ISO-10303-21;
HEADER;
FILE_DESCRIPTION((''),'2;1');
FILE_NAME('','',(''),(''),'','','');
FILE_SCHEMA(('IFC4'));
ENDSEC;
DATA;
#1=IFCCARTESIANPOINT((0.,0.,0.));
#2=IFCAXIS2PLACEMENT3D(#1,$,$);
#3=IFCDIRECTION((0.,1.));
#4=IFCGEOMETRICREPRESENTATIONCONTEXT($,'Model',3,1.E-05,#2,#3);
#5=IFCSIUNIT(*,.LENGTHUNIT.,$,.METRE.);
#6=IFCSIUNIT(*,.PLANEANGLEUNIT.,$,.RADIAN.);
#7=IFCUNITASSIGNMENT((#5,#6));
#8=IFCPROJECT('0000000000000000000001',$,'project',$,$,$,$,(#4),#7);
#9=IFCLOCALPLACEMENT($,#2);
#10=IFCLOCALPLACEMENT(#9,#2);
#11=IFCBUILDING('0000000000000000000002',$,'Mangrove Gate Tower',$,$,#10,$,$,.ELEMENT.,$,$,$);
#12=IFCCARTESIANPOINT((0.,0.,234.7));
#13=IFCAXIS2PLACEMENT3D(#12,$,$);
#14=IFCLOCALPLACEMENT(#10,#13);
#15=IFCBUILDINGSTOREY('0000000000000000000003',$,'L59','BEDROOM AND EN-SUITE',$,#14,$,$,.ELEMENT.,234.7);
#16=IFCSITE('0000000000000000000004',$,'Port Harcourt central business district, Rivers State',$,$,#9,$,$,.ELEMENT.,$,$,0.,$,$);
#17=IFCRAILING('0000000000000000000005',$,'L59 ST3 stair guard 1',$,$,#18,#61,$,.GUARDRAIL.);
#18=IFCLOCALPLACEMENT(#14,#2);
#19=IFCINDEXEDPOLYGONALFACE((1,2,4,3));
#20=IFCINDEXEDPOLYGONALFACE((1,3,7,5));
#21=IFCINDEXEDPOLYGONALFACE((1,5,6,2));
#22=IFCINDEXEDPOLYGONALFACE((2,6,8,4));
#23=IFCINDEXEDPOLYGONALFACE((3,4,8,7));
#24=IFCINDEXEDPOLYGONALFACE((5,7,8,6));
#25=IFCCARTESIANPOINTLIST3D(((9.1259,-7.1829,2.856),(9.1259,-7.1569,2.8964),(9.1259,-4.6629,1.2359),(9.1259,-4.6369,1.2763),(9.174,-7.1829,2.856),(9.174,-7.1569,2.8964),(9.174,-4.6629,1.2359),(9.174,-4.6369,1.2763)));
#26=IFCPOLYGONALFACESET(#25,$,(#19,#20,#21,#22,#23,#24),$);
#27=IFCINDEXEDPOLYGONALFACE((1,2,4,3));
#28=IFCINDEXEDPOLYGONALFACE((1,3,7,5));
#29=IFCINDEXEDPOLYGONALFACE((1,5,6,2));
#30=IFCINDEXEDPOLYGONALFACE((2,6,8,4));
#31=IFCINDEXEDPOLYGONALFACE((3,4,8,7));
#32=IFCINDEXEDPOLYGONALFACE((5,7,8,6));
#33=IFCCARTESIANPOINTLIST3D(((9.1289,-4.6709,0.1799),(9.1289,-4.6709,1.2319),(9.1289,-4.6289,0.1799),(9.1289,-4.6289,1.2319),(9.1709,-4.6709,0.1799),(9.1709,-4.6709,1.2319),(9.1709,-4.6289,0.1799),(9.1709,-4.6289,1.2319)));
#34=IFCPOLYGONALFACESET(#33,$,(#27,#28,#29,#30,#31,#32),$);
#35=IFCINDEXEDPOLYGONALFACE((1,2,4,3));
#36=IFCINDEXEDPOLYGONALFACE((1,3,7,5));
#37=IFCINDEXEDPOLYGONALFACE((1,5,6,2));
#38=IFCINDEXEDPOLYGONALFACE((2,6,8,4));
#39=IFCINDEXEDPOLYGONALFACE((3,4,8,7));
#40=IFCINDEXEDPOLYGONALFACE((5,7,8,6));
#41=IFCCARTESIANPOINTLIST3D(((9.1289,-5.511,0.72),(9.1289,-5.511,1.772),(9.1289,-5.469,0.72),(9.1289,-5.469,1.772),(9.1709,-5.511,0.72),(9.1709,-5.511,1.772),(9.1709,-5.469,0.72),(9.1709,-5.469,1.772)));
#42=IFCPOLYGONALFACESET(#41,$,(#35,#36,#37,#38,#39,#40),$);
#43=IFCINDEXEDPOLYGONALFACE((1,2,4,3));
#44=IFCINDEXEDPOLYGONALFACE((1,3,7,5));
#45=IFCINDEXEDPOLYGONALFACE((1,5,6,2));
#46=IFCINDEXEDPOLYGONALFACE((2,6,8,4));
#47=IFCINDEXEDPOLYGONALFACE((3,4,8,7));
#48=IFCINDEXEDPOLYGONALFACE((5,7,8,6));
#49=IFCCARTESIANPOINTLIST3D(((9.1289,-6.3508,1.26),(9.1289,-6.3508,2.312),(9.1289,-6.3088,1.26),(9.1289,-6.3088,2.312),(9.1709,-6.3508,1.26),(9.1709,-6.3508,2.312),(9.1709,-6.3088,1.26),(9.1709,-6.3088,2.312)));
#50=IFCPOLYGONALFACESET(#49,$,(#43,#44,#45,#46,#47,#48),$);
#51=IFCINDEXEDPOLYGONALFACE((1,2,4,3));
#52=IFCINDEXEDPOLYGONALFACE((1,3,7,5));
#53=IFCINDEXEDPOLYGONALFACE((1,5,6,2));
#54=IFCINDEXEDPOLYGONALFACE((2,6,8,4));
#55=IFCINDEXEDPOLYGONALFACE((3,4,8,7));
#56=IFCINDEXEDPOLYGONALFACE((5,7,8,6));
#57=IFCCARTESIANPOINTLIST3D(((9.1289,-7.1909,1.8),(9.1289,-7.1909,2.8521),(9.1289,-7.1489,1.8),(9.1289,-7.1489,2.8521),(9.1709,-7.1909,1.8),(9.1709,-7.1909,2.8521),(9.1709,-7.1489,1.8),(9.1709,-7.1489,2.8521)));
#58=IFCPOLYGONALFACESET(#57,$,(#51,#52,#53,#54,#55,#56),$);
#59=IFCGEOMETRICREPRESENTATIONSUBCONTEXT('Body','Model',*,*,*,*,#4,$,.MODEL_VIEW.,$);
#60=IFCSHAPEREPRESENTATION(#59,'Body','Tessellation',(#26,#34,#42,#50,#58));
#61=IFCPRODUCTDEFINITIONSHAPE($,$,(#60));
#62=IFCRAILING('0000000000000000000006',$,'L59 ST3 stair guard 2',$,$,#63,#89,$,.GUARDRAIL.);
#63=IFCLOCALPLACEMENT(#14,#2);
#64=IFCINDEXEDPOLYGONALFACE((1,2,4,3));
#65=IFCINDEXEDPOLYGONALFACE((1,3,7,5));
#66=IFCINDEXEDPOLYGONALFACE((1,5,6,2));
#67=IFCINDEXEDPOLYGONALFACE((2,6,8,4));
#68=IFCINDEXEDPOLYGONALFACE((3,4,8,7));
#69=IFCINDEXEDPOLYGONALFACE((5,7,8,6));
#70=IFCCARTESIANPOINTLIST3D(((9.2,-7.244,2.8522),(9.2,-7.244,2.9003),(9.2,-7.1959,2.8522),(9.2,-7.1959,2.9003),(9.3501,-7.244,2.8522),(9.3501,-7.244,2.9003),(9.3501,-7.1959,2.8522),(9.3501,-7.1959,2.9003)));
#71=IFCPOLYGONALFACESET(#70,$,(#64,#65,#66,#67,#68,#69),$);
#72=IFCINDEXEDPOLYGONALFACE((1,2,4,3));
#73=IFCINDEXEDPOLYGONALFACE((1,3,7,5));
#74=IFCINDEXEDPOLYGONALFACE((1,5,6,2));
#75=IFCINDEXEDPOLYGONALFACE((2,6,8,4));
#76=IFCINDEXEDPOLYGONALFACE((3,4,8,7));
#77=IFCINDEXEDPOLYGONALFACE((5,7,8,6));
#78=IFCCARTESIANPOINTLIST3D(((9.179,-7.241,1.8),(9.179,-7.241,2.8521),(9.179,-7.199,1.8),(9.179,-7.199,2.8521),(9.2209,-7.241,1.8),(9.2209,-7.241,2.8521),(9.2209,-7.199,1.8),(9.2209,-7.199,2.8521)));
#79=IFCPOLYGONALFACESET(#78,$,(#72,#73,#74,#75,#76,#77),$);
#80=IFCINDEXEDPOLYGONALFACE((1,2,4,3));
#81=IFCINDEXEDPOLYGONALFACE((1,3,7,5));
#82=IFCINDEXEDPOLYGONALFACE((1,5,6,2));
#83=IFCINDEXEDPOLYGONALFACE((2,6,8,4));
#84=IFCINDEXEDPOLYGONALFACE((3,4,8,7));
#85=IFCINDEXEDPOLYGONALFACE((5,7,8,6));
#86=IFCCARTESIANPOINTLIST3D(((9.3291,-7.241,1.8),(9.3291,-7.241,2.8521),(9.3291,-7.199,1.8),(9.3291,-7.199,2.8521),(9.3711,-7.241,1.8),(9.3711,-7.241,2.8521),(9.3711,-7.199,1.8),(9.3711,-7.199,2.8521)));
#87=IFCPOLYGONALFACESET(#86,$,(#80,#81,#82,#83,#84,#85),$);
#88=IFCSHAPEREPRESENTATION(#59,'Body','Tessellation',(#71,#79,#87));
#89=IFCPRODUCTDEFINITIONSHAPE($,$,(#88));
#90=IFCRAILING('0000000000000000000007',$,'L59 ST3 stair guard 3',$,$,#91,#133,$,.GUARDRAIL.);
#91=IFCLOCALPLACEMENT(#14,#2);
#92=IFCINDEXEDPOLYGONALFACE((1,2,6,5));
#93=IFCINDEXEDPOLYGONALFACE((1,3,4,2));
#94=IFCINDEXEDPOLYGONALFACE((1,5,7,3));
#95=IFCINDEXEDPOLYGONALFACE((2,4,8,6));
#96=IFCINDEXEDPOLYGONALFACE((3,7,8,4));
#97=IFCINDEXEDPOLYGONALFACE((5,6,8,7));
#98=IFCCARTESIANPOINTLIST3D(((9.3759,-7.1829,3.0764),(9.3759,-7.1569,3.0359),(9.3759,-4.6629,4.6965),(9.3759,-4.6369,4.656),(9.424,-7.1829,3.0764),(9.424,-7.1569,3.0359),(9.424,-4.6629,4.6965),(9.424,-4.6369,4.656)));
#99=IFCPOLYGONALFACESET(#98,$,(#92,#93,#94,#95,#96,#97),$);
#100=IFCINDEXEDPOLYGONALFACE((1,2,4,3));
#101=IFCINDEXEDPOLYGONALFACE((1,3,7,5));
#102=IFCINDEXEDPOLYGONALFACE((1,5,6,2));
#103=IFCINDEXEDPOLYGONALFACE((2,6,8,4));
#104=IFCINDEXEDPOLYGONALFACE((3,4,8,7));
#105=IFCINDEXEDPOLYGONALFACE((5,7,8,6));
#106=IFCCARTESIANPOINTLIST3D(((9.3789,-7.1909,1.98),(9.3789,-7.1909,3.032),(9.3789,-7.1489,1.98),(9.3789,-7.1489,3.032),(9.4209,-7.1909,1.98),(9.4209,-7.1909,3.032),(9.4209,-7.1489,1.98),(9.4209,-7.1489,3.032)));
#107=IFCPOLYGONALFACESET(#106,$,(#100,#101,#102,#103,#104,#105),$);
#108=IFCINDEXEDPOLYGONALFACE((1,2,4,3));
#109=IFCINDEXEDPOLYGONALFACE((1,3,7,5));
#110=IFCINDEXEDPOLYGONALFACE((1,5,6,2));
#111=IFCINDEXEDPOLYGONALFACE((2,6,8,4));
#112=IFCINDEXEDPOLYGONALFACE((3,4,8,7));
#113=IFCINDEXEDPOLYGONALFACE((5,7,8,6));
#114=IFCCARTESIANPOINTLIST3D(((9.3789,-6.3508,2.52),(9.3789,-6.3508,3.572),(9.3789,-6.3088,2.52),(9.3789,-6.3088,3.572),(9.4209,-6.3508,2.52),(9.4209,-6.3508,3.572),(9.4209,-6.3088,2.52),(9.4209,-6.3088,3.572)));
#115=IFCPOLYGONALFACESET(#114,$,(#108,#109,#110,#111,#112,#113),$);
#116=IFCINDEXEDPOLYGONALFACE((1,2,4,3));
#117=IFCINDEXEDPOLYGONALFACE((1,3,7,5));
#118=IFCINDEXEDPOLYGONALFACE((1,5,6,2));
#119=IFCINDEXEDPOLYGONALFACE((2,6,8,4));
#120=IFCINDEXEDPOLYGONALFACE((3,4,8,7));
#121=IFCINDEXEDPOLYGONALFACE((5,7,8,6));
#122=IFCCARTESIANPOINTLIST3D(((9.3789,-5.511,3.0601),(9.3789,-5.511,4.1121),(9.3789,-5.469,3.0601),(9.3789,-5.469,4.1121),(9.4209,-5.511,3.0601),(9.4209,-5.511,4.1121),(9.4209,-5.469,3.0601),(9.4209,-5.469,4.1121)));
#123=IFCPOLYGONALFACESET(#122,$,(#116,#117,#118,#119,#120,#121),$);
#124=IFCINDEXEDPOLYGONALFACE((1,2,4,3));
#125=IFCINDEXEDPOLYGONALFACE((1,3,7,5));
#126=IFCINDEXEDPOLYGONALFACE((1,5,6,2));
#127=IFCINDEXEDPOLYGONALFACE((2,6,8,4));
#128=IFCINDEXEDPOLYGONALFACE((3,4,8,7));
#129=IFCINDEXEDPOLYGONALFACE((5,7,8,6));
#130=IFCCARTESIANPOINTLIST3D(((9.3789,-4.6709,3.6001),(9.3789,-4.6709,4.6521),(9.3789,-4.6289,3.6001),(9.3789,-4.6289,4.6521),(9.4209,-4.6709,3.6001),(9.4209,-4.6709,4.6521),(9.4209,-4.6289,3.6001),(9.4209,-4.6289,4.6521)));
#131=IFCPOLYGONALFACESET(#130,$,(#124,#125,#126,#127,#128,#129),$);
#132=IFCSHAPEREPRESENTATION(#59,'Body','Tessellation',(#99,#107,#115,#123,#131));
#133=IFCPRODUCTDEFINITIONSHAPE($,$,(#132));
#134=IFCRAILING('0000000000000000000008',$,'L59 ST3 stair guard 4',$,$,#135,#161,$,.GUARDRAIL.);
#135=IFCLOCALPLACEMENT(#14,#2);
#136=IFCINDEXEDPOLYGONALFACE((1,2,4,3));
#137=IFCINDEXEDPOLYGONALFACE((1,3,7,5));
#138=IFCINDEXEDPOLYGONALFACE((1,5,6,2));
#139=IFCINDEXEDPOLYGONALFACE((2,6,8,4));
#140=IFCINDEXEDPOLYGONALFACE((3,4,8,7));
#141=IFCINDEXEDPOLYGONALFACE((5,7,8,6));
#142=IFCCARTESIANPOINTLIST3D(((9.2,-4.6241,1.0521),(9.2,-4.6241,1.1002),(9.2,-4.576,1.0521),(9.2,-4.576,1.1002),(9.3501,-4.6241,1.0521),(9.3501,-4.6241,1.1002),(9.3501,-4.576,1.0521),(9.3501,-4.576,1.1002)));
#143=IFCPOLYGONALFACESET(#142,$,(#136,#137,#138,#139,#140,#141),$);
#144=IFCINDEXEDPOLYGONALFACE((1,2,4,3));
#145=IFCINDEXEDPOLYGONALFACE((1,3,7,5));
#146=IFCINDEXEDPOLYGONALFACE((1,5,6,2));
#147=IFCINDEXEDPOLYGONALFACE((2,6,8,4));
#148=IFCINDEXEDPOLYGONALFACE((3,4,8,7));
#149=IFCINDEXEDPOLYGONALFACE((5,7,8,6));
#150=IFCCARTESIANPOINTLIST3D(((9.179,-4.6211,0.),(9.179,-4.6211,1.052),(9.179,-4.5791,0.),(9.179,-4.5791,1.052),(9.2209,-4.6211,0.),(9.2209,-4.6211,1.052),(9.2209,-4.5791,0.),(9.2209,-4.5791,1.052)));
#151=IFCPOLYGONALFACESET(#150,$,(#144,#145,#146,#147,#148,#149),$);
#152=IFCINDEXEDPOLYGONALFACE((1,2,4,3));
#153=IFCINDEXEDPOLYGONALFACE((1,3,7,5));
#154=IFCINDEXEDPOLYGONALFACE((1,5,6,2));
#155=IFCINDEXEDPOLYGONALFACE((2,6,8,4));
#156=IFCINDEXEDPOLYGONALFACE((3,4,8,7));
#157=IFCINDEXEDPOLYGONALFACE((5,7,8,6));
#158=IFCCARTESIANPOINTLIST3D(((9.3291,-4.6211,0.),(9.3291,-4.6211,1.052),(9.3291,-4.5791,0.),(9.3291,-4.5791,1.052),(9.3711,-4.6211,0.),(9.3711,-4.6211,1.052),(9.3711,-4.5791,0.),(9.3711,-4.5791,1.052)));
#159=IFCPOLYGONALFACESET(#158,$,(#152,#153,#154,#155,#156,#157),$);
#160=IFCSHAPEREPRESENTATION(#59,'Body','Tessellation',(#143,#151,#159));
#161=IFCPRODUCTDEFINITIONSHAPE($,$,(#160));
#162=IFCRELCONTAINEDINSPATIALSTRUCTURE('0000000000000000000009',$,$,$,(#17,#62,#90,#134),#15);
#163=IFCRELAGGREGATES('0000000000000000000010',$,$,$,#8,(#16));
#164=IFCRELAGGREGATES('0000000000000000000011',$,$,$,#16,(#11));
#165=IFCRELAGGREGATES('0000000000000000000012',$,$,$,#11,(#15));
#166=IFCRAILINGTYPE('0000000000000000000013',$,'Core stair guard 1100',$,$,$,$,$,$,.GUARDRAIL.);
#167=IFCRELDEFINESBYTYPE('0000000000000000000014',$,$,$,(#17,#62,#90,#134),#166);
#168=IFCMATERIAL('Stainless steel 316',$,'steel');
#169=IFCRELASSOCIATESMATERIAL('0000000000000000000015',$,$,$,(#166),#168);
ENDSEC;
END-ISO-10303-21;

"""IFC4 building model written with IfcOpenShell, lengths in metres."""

from ifc_helpers import new_model, si_unit, direction, frame, origin, origin_2d, place, context, subcontext, project, spatial, rectangle, extrude, material, type_object, element, save


model = new_model("IFC4")

# Units and contexts
model_context = context("Model", 3, precision=1e-05, world=origin(), true_north=direction((0.0, 1.0)))
body_context = subcontext(model_context, "Body", "Model", "MODEL_VIEW")
ifc_project = project(units=[si_unit("LENGTHUNIT", "METRE"), si_unit("PLANEANGLEUNIT", "RADIAN")], contexts=[model_context])

# Site, building, storey
site_placement = place(None, origin())
site = spatial("IfcSite", under=ifc_project, at=site_placement, Name="Port Harcourt central business district, Rivers State", CompositionType="ELEMENT", RefElevation=0.0)
building_placement = place(site_placement, origin())
building = spatial("IfcBuilding", under=site, at=building_placement, Name="Mangrove Gate Tower", CompositionType="ELEMENT")
storey_placement = place(building_placement, frame((0.0, 0.0, 234.7)))
storey = spatial("IfcBuildingStorey", under=building, at=storey_placement, Name="L59", Description="BEDROOM AND EN-SUITE", CompositionType="ELEMENT", Elevation=234.7)

# Railings
ifc_material_1 = material(Name="Stainless steel 316", Category="steel")
railing_type_1 = type_object("IfcRailingType", Name="Core stair guard 1100", PredefinedType="GUARDRAIL", material=ifc_material_1)
railing_1_placement = place(storey_placement, frame((9.1499, -4.6499, 0.1799)))
element("IfcRailing", 1, at=railing_1_placement, inside=storey, type_object=railing_type_1, Name="L59 ST3 stair guard 1", PredefinedType="GUARDRAIL", context=body_context, shape_type="SweptSolid", body=[
    extrude(rectangle(XDim=0.0481, YDim=0.0481, at=origin_2d()), frame((0.0, 0.0, 1.0762), z_axis=(0.0, -0.841163, 0.540782), x_axis=(1.0, 0.0, 0.0)), (0.0, 0.0, 1.0), 2.9958),
    extrude(rectangle(XDim=0.042, YDim=0.042, at=origin_2d()), origin(), (0.0, 0.0, 1.0), 1.052),
    extrude(rectangle(XDim=0.042, YDim=0.042, at=origin_2d()), frame((0.0, -0.8401, 0.54)), (0.0, 0.0, 1.0), 1.052),
    extrude(rectangle(XDim=0.042, YDim=0.042, at=origin_2d()), frame((0.0, -1.6799, 1.0801)), (0.0, 0.0, 1.0), 1.052),
    extrude(rectangle(XDim=0.042, YDim=0.042, at=origin_2d()), frame((0.0, -2.52, 1.6201)), (0.0, 0.0, 1.0), 1.052),
])
railing_2_placement = place(storey_placement, frame((9.2, -7.22, 1.8)))
element("IfcRailing", 2, at=railing_2_placement, inside=storey, type_object=railing_type_1, Name="L59 ST3 stair guard 2", PredefinedType="GUARDRAIL", context=body_context, shape_type="SweptSolid", body=[
    extrude(rectangle(XDim=0.0481, YDim=0.0481, at=origin_2d()), frame((0.0, 0.0, 1.0762), z_axis=(1.0, 0.0, 0.0), x_axis=(0.0, 1.0, 0.0)), (0.0, 0.0, 1.0), 0.1501),
    extrude(rectangle(XDim=0.042, YDim=0.042, at=origin_2d()), origin(), (0.0, 0.0, 1.0), 1.052),
    extrude(rectangle(XDim=0.042, YDim=0.042, at=origin_2d()), frame((0.1501, 0.0, 0.0)), (0.0, 0.0, 1.0), 1.052),
])
railing_3_placement = place(storey_placement, frame((9.3999, -7.1699, 1.98)))
element("IfcRailing", 3, at=railing_3_placement, inside=storey, type_object=railing_type_1, Name="L59 ST3 stair guard 3", PredefinedType="GUARDRAIL", context=body_context, shape_type="SweptSolid", body=[
    extrude(rectangle(XDim=0.0481, YDim=0.0481, at=origin_2d()), frame((0.0, 0.0, 1.0762), z_axis=(0.0, 0.841163, 0.540782), x_axis=(-1.0, 0.0, 0.0)), (0.0, 0.0, 1.0), 2.9958),
    extrude(rectangle(XDim=0.042, YDim=0.042, at=origin_2d()), origin(), (0.0, 0.0, 1.0), 1.052),
    extrude(rectangle(XDim=0.042, YDim=0.042, at=origin_2d()), frame((0.0, 0.8401, 0.54)), (0.0, 0.0, 1.0), 1.052),
    extrude(rectangle(XDim=0.042, YDim=0.042, at=origin_2d()), frame((0.0, 1.6799, 1.0801)), (0.0, 0.0, 1.0), 1.052),
    extrude(rectangle(XDim=0.042, YDim=0.042, at=origin_2d()), frame((0.0, 2.52, 1.6201)), (0.0, 0.0, 1.0), 1.052),
])
railing_4_placement = place(storey_placement, frame((9.2, -4.6001, 0.0)))
element("IfcRailing", 4, at=railing_4_placement, inside=storey, type_object=railing_type_1, Name="L59 ST3 stair guard 4", PredefinedType="GUARDRAIL", context=body_context, shape_type="SweptSolid", body=[
    extrude(rectangle(XDim=0.0481, YDim=0.0481, at=origin_2d()), frame((0.0, 0.0, 1.0762), z_axis=(1.0, 0.0, 0.0), x_axis=(0.0, 1.0, 0.0)), (0.0, 0.0, 1.0), 0.1501),
    extrude(rectangle(XDim=0.042, YDim=0.042, at=origin_2d()), origin(), (0.0, 0.0, 1.0), 1.052),
    extrude(rectangle(XDim=0.042, YDim=0.042, at=origin_2d()), frame((0.1501, 0.0, 0.0)), (0.0, 0.0, 1.0), 1.052),
])

save(model, "model.ifc")
